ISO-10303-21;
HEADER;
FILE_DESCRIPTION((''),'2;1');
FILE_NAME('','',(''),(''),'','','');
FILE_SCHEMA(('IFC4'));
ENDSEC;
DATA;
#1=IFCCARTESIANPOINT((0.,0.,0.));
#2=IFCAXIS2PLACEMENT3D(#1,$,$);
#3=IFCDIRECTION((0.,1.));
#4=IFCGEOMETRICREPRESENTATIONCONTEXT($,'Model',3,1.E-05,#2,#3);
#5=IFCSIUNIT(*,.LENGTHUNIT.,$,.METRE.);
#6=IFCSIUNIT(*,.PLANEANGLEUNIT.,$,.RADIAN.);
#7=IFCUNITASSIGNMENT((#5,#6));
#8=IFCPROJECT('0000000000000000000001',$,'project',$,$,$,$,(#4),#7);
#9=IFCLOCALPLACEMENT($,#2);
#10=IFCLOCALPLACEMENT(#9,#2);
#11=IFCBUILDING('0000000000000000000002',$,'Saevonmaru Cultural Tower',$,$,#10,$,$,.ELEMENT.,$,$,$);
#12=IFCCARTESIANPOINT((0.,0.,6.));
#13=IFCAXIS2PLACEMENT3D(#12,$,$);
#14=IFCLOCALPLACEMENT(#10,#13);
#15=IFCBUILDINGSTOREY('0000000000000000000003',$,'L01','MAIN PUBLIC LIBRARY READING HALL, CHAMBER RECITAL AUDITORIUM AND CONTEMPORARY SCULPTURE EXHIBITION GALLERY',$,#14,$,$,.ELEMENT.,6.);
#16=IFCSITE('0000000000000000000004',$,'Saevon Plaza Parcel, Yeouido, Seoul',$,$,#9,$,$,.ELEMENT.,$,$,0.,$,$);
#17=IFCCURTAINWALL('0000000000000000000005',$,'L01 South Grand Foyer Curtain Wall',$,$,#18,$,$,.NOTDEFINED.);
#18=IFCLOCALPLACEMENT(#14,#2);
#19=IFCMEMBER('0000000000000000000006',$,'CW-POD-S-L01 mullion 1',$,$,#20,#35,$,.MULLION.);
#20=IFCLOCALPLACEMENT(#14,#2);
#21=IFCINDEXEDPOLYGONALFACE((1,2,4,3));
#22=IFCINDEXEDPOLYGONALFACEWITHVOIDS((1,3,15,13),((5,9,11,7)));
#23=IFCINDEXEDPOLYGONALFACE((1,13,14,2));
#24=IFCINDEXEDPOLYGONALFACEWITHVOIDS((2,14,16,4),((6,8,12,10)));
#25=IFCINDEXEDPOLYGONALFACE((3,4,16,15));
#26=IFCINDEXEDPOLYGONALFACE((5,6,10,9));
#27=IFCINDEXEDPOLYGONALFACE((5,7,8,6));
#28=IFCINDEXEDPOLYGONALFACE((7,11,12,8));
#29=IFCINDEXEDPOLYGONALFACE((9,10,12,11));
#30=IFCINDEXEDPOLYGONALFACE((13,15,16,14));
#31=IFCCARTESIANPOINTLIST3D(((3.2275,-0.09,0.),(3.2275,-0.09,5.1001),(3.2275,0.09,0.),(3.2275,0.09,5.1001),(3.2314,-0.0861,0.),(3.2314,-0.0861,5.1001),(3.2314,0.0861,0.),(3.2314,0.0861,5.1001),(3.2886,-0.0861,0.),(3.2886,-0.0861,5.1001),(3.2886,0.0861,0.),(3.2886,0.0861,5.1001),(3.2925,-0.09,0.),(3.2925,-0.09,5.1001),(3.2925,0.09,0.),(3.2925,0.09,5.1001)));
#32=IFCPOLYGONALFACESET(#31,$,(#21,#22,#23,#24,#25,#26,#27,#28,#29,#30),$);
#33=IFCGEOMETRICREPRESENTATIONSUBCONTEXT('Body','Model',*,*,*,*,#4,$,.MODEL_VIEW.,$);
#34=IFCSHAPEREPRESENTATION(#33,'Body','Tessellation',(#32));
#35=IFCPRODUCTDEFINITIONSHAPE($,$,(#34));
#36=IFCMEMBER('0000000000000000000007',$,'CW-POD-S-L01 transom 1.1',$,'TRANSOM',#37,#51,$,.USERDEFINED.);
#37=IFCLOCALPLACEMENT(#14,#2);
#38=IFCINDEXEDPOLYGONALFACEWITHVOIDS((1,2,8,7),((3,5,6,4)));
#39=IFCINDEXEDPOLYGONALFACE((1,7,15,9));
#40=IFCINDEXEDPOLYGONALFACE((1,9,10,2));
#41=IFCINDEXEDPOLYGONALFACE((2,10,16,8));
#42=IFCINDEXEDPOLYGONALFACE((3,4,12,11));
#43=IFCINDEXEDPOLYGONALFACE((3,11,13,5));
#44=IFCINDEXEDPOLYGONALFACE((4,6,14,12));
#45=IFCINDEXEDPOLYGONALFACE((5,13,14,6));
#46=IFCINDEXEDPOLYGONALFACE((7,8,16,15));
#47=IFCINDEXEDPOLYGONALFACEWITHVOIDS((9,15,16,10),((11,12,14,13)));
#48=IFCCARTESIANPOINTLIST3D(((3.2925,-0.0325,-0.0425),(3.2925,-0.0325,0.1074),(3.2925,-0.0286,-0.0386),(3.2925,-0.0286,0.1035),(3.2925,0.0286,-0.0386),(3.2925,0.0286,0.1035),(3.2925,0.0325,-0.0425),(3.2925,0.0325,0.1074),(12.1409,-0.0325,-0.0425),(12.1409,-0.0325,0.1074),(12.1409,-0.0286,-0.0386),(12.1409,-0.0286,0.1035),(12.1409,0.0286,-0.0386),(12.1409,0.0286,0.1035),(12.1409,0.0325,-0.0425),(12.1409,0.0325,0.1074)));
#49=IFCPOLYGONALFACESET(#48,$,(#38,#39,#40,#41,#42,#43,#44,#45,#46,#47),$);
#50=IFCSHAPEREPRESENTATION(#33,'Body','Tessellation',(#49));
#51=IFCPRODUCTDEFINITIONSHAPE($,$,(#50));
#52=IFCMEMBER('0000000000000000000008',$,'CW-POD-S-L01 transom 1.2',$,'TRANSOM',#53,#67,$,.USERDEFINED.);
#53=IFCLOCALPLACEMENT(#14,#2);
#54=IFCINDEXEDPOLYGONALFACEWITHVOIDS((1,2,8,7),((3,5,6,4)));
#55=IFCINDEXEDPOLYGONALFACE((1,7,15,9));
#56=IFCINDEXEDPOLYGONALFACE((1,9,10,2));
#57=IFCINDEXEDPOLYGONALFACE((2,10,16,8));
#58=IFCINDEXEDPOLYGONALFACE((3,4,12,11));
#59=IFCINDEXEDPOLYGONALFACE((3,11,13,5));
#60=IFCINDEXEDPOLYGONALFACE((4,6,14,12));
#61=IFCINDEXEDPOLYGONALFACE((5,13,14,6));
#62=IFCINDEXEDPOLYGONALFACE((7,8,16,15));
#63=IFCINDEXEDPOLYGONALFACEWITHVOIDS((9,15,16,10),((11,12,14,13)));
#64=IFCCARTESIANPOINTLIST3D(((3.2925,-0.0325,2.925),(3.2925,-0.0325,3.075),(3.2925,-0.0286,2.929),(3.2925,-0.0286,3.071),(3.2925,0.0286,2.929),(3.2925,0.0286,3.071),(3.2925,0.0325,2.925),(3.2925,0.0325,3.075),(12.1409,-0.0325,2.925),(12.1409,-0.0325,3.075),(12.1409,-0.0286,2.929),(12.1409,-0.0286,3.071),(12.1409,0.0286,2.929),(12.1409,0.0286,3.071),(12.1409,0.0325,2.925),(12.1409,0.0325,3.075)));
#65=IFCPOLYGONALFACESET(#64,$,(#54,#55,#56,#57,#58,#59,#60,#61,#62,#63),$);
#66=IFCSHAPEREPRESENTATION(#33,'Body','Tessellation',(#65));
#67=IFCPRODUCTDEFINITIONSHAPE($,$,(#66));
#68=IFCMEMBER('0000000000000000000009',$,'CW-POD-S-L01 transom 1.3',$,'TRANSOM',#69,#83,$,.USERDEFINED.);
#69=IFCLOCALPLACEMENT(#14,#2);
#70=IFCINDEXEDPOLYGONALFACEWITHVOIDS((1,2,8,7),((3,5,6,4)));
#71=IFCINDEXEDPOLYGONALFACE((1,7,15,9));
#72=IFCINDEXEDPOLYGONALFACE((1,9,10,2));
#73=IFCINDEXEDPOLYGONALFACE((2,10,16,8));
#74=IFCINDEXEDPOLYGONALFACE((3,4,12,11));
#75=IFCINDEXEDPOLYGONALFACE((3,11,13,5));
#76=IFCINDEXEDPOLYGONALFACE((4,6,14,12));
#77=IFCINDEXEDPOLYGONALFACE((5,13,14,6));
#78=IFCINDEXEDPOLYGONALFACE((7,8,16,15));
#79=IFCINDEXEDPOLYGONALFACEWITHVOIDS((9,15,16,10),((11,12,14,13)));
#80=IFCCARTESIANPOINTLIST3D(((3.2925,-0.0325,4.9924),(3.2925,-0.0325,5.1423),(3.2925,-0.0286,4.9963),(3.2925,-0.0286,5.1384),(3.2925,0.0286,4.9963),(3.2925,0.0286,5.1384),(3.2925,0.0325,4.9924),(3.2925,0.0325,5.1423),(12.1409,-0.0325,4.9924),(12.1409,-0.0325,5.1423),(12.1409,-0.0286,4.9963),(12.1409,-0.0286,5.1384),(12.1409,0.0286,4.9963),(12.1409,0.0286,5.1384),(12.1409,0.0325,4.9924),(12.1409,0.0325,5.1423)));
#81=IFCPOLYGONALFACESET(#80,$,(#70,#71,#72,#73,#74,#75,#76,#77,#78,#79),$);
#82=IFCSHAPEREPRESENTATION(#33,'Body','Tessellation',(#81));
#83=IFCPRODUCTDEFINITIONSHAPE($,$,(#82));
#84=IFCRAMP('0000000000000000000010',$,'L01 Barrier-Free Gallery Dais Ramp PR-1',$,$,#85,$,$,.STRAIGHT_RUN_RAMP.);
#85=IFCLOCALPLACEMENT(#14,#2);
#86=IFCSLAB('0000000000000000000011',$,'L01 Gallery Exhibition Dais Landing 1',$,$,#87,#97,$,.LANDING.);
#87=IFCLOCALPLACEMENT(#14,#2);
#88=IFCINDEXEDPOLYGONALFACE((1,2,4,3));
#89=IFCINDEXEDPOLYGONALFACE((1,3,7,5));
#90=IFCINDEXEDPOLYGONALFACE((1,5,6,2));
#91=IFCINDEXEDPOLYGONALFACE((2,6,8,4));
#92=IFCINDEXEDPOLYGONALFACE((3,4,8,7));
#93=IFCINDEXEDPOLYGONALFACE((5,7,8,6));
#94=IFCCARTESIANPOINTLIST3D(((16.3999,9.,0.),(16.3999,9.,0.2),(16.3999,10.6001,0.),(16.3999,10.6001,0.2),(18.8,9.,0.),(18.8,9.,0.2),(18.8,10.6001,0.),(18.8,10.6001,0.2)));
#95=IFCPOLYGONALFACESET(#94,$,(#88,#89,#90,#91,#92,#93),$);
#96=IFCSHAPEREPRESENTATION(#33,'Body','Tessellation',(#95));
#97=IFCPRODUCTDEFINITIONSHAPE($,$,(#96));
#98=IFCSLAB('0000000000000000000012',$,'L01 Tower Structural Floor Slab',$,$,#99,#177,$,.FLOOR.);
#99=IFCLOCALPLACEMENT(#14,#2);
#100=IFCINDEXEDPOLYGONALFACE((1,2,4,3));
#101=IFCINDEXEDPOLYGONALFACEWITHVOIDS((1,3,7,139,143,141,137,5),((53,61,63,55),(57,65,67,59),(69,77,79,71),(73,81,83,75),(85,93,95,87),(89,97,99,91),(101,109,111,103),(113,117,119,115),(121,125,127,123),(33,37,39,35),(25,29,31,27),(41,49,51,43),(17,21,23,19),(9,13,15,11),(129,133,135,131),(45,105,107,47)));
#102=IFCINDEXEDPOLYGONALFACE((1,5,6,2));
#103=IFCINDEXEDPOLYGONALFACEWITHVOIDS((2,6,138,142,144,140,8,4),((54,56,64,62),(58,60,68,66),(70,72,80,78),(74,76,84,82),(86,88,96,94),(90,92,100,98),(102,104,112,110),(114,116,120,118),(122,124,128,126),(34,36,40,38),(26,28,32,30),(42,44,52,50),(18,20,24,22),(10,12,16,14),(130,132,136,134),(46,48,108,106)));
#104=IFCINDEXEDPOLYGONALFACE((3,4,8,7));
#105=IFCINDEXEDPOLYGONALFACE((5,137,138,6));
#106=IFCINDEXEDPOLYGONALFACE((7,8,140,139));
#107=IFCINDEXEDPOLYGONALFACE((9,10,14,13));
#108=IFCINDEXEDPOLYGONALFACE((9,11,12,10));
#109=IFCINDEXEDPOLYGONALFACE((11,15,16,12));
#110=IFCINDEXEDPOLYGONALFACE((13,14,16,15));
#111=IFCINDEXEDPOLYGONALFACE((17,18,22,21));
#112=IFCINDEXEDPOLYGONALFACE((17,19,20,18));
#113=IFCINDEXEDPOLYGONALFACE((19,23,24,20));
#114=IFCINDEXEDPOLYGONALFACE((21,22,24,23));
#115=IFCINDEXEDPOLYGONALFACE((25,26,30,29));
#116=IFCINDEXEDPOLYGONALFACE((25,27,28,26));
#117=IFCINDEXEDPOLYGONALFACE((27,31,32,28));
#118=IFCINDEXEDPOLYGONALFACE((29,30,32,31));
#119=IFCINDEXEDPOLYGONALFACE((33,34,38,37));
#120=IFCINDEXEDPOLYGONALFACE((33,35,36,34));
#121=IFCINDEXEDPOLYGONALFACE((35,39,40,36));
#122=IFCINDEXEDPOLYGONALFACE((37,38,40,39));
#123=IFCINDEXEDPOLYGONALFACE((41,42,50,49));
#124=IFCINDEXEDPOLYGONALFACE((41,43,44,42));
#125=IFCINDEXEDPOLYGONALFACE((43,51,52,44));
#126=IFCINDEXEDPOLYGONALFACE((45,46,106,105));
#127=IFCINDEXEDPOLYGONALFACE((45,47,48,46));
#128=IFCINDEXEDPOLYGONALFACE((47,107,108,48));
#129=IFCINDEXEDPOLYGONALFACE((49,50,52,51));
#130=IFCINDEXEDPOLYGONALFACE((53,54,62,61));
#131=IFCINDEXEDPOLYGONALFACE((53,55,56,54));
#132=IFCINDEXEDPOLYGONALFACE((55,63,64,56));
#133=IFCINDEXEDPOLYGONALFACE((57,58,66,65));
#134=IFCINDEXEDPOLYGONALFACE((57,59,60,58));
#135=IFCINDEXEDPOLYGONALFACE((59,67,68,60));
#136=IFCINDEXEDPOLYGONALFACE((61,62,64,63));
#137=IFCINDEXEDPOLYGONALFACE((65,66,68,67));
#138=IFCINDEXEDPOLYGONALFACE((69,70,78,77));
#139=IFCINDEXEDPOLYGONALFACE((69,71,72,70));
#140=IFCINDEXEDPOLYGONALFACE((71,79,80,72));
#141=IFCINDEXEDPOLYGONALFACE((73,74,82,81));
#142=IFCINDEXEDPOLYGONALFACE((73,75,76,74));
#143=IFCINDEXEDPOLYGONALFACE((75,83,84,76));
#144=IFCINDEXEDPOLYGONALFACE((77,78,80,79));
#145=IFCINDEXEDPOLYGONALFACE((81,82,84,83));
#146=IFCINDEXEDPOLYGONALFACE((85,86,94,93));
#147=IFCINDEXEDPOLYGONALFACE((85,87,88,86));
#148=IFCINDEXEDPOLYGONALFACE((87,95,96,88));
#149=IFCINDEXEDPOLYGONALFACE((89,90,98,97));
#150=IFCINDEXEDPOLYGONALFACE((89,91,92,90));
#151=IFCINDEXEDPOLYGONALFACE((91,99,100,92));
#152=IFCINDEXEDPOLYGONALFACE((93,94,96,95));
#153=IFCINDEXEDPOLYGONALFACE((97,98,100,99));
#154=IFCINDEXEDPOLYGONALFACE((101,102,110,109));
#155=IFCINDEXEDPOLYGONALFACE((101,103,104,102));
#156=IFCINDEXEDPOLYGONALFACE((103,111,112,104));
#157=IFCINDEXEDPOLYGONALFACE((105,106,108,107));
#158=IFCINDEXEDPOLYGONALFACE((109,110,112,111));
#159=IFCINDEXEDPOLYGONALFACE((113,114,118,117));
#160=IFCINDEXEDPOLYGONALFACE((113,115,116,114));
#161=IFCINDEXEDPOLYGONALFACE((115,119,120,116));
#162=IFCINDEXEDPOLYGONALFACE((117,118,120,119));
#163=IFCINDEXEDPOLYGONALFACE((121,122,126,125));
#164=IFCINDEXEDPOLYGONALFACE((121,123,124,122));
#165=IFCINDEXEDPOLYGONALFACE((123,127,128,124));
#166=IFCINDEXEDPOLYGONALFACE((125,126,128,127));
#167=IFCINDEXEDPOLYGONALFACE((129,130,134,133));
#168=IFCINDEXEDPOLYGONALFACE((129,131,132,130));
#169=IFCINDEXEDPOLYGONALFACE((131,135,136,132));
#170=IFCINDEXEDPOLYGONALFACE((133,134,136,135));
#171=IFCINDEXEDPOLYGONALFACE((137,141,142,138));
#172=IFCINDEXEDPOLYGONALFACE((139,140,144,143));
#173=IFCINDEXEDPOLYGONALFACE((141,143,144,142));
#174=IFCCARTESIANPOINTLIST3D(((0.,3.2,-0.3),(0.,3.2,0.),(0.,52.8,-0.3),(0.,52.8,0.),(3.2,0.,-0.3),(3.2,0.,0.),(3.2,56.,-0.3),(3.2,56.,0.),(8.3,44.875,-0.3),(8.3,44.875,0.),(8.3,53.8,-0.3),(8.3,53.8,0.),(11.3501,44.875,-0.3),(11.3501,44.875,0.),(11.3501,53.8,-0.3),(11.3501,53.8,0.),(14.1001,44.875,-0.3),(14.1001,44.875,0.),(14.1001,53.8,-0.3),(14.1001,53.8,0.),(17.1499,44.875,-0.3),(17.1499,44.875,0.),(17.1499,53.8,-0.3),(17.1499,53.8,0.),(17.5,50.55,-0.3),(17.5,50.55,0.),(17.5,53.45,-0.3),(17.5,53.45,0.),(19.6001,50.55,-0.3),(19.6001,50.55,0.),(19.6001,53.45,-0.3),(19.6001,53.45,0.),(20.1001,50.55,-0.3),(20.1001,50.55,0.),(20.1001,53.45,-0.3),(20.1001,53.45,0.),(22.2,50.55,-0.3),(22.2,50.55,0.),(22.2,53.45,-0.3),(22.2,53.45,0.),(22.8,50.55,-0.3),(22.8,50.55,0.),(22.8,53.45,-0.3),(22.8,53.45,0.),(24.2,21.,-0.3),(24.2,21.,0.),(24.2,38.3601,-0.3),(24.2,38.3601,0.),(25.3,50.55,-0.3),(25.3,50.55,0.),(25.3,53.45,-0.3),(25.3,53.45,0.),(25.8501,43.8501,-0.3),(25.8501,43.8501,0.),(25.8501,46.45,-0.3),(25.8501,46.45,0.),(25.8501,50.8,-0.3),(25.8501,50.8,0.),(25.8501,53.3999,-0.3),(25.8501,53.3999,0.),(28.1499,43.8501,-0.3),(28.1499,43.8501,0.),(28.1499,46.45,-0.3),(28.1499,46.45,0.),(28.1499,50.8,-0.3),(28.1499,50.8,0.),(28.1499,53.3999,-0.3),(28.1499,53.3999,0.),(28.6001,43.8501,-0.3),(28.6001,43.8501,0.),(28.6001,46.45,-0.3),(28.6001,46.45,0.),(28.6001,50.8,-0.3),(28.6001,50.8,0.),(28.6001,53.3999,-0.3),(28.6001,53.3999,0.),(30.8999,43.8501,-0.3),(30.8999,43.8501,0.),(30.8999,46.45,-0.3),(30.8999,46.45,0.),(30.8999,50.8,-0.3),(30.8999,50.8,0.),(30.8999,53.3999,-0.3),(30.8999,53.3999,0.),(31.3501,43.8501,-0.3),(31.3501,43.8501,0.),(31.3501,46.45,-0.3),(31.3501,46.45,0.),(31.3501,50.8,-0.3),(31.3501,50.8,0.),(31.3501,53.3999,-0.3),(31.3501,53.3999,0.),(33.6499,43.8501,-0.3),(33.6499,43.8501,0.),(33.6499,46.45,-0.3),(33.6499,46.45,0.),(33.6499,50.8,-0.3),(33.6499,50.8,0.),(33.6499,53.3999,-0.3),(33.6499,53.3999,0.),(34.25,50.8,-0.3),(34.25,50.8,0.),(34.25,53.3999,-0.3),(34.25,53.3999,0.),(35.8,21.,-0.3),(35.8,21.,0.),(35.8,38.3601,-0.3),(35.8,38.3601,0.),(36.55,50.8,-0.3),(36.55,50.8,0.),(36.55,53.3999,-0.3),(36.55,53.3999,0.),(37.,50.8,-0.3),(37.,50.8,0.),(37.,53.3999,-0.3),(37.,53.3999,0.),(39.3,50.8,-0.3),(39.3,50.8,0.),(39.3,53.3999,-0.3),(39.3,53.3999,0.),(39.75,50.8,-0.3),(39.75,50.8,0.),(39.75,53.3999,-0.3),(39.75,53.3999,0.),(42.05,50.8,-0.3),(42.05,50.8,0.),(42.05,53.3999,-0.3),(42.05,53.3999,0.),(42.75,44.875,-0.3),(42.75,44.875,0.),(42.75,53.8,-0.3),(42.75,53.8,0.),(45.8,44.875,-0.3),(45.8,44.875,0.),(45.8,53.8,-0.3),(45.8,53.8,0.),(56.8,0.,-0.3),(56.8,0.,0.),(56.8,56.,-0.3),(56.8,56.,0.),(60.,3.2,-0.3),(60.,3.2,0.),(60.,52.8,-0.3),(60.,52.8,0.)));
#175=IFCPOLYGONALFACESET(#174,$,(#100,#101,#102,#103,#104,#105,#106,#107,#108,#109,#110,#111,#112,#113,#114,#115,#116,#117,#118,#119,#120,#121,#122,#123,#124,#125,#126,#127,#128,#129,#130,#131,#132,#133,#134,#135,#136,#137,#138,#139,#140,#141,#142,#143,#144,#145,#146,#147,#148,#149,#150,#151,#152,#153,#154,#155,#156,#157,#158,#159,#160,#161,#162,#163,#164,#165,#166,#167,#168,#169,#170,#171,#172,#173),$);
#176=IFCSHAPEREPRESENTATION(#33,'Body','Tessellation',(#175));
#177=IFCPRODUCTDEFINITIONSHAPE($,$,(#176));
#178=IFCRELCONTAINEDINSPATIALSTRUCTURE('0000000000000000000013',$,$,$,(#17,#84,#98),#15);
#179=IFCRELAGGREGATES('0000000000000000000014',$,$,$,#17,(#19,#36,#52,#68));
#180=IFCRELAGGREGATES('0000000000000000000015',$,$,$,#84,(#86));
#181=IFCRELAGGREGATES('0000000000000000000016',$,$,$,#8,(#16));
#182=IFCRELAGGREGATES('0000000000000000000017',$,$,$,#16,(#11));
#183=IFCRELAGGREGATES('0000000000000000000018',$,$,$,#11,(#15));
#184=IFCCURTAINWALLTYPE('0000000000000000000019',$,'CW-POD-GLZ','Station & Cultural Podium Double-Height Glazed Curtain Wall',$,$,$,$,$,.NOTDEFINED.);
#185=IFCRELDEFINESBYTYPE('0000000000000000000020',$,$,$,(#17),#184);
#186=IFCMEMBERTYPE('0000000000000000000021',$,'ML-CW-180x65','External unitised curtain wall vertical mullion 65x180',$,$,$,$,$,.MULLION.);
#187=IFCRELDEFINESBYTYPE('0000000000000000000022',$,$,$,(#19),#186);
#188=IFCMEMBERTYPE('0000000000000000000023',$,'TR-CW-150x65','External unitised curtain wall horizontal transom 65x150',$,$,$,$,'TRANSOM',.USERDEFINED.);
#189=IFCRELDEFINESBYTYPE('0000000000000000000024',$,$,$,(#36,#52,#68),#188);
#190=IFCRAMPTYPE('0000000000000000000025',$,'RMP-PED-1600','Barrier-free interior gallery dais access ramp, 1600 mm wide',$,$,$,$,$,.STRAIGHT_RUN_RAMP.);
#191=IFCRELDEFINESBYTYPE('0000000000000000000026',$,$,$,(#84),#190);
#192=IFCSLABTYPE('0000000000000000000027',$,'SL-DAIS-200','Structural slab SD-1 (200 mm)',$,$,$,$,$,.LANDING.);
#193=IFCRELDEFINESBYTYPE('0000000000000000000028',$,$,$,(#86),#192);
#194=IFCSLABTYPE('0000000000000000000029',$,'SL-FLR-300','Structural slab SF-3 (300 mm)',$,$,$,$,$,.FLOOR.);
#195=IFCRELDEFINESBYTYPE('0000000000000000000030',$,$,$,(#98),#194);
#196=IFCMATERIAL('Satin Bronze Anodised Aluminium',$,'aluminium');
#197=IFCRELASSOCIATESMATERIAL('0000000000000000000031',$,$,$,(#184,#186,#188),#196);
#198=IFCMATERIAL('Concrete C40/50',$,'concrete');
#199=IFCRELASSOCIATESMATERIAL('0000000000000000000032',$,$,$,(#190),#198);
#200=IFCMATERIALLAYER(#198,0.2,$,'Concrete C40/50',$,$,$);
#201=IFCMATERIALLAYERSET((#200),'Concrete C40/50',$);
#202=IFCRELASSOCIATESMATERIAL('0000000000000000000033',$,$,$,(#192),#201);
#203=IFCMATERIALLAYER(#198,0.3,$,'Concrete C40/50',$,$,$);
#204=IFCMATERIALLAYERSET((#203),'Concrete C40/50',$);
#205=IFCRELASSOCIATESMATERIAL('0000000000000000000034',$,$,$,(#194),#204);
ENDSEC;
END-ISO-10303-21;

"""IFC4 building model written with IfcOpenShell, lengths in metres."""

from ifc_helpers import new_model, si_unit, direction, frame, origin, origin_2d, place, context, subcontext, project, spatial, polyline, hollow_rectangle, outline, extrude, material, layer, layer_set, material_profile, profile_set, type_object, element, aggregate, save


model = new_model("IFC4")

# Units and contexts
model_context = context("Model", 3, precision=1e-05, world=origin(), true_north=direction((0.0, 1.0)))
body_context = subcontext(model_context, "Body", "Model", "MODEL_VIEW")
ifc_project = project(units=[si_unit("LENGTHUNIT", "METRE"), si_unit("PLANEANGLEUNIT", "RADIAN")], contexts=[model_context])

# Site, building, storey
site_placement = place(None, origin())
site = spatial("IfcSite", under=ifc_project, at=site_placement, Name="Saevon Plaza Parcel, Yeouido, Seoul", CompositionType="ELEMENT", RefElevation=0.0)
building_placement = place(site_placement, origin())
building = spatial("IfcBuilding", under=site, at=building_placement, Name="Saevonmaru Cultural Tower", CompositionType="ELEMENT")
storey_placement = place(building_placement, frame((0.0, 0.0, 6.0)))
storey = spatial("IfcBuildingStorey", under=building, at=storey_placement, Name="L01", Description="MAIN PUBLIC LIBRARY READING HALL, CHAMBER RECITAL AUDITORIUM AND CONTEMPORARY SCULPTURE EXHIBITION GALLERY", CompositionType="ELEMENT", Elevation=6.0)

# Curtain wall, members
ifc_material_1 = material(Name="Satin Bronze Anodised Aluminium", Category="aluminium")
curtain_wall_type = type_object("IfcCurtainWallType", Name="CW-POD-GLZ", Description="Station & Cultural Podium Double-Height Glazed Curtain Wall", PredefinedType="NOTDEFINED", material=ifc_material_1)
curtain_wall_placement = place(storey_placement, origin())
curtain_wall = element("IfcCurtainWall", 1, at=curtain_wall_placement, inside=storey, type_object=curtain_wall_type, Name="L01 South Grand Foyer Curtain Wall", PredefinedType="NOTDEFINED")
ifc_material_profile_1 = material_profile(ifc_material_1, hollow_rectangle(XDim=0.0649, YDim=0.1799, WallThickness=0.0039, at=origin_2d()), Name="ALU-MULL-180x65x4")
ifc_profile_set_1 = profile_set([ifc_material_profile_1], Name="Satin Bronze Anodised Aluminium")
member_type_1 = type_object("IfcMemberType", Name="ML-CW-180x65", Description="External unitised curtain wall vertical mullion 65x180", PredefinedType="MULLION", material=ifc_profile_set_1)
member_1_placement = place(storey_placement, frame((3.26, 0.0, 0.0), z_axis=(0.0, 0.0, 1.0), x_axis=(1.0, 0.0, 0.0)))
member_1 = element("IfcMember", 2, at=member_1_placement, type_object=member_type_1, Name="CW-POD-S-L01 mullion 1", PredefinedType="MULLION", context=body_context, shape_type="SweptSolid", body=[
    extrude(hollow_rectangle(XDim=0.0649, YDim=0.1799, WallThickness=0.0039, at=origin_2d()), origin(), (0.0, 0.0, 1.0), 5.1001),
])
ifc_material_profile_2 = material_profile(ifc_material_1, hollow_rectangle(XDim=0.0649, YDim=0.1499, WallThickness=0.0039, at=origin_2d()), Name="ALU-TRAN-150x65x4")
ifc_profile_set_2 = profile_set([ifc_material_profile_2], Name="Satin Bronze Anodised Aluminium")
member_type_2 = type_object("IfcMemberType", Name="TR-CW-150x65", Description="External unitised curtain wall horizontal transom 65x150", ElementType="TRANSOM", PredefinedType="USERDEFINED", material=ifc_profile_set_2)
member_2_placement = place(storey_placement, frame((3.2925, 0.0, 0.0325), z_axis=(1.0, 0.0, 0.0), x_axis=(0.0, 1.0, 0.0)))
member_2 = element("IfcMember", 3, at=member_2_placement, type_object=member_type_2, Name="CW-POD-S-L01 transom 1.1", ObjectType="TRANSOM", PredefinedType="USERDEFINED", context=body_context, shape_type="SweptSolid", body=[
    extrude(hollow_rectangle(XDim=0.0649, YDim=0.1499, WallThickness=0.0039, at=origin_2d()), origin(), (0.0, 0.0, 1.0), 8.8484),
])
member_3_placement = place(storey_placement, frame((3.2925, 0.0, 3.0), z_axis=(1.0, 0.0, 0.0), x_axis=(0.0, 1.0, 0.0)))
member_3 = element("IfcMember", 4, at=member_3_placement, type_object=member_type_2, Name="CW-POD-S-L01 transom 1.2", ObjectType="TRANSOM", PredefinedType="USERDEFINED", context=body_context, shape_type="SweptSolid", body=[
    extrude(hollow_rectangle(XDim=0.0649, YDim=0.1499, WallThickness=0.0039, at=origin_2d()), origin(), (0.0, 0.0, 1.0), 8.8484),
])
member_4_placement = place(storey_placement, frame((3.2925, 0.0, 5.0674), z_axis=(1.0, 0.0, 0.0), x_axis=(0.0, 1.0, 0.0)))
member_4 = element("IfcMember", 5, at=member_4_placement, type_object=member_type_2, Name="CW-POD-S-L01 transom 1.3", ObjectType="TRANSOM", PredefinedType="USERDEFINED", context=body_context, shape_type="SweptSolid", body=[
    extrude(hollow_rectangle(XDim=0.0649, YDim=0.1499, WallThickness=0.0039, at=origin_2d()), origin(), (0.0, 0.0, 1.0), 8.8484),
])
aggregate(curtain_wall, [member_1, member_2, member_3, member_4])

# Ramp, slab
ifc_material_2 = material(Name="Concrete C40/50", Category="concrete")
ramp_type = type_object("IfcRampType", Name="RMP-PED-1600", Description="Barrier-free interior gallery dais access ramp, 1600 mm wide", PredefinedType="STRAIGHT_RUN_RAMP", material=ifc_material_2)
ramp_placement = place(storey_placement, origin())
ramp = element("IfcRamp", 6, at=ramp_placement, inside=storey, type_object=ramp_type, Name="L01 Barrier-Free Gallery Dais Ramp PR-1", PredefinedType="STRAIGHT_RUN_RAMP")
ifc_layer_1 = layer(ifc_material_2, 0.2, Name="Concrete C40/50")
ifc_layer_set_1 = layer_set([ifc_layer_1], Name="Concrete C40/50")
slab_type_1 = type_object("IfcSlabType", Name="SL-DAIS-200", Description="Structural slab SD-1 (200 mm)", PredefinedType="LANDING", material=ifc_layer_set_1)
slab_1_placement = place(storey_placement, origin())
slab_1 = element("IfcSlab", 7, at=slab_1_placement, type_object=slab_type_1, Name="L01 Gallery Exhibition Dais Landing 1", PredefinedType="LANDING", context=body_context, shape_type="SweptSolid", body=[
    extrude(outline(polyline([(16.3999, 9.0), (18.8, 9.0), (18.8, 10.6001), (16.3999, 10.6001), (16.3999, 9.0)])), origin(), (0.0, 0.0, 1.0), 0.2),
])
aggregate(ramp, [slab_1])

# Slab
ifc_layer_2 = layer(ifc_material_2, 0.3, Name="Concrete C40/50")
ifc_layer_set_2 = layer_set([ifc_layer_2], Name="Concrete C40/50")
slab_type_2 = type_object("IfcSlabType", Name="SL-FLR-300", Description="Structural slab SF-3 (300 mm)", PredefinedType="FLOOR", material=ifc_layer_set_2)
slab_2_placement = place(storey_placement, frame((0.0, 0.0, -0.3)))
element("IfcSlab", 8, at=slab_2_placement, inside=storey, type_object=slab_type_2, Name="L01 Tower Structural Floor Slab", PredefinedType="FLOOR", context=body_context, shape_type="SweptSolid", body=[
    extrude(outline(polyline([(0.0, 3.2), (3.2, 0.0), (56.8, 0.0), (60.0, 3.2), (60.0, 52.8), (56.8, 56.0), (3.2, 56.0), (0.0, 52.8), (0.0, 3.2)]), holes=[polyline([(45.8, 44.875), (42.75, 44.875), (42.75, 53.8), (45.8, 53.8), (45.8, 44.875)]), polyline([(39.75, 50.8), (39.75, 53.3999), (42.05, 53.3999), (42.05, 50.8), (39.75, 50.8)]), polyline([(37.0, 50.8), (37.0, 53.3999), (39.3, 53.3999), (39.3, 50.8), (37.0, 50.8)]), polyline([(34.25, 50.8), (34.25, 53.3999), (36.55, 53.3999), (36.55, 50.8), (34.25, 50.8)]), polyline([(24.2, 21.0), (24.2, 38.3601), (35.8, 38.3601), (35.8, 21.0), (24.2, 21.0)]), polyline([(31.3501, 50.8), (31.3501, 53.3999), (33.6499, 53.3999), (33.6499, 50.8), (31.3501, 50.8)]), polyline([(31.3501, 43.8501), (31.3501, 46.45), (33.6499, 46.45), (33.6499, 43.8501), (31.3501, 43.8501)]), polyline([(28.6001, 43.8501), (28.6001, 46.45), (30.8999, 46.45), (30.8999, 43.8501), (28.6001, 43.8501)]), polyline([(28.6001, 50.8), (28.6001, 53.3999), (30.8999, 53.3999), (30.8999, 50.8), (28.6001, 50.8)]), polyline([(25.8501, 50.8), (25.8501, 53.3999), (28.1499, 53.3999), (28.1499, 50.8), (25.8501, 50.8)]), polyline([(25.8501, 43.8501), (25.8501, 46.45), (28.1499, 46.45), (28.1499, 43.8501), (25.8501, 43.8501)]), polyline([(22.8, 50.55), (22.8, 53.45), (25.3, 53.45), (25.3, 50.55), (22.8, 50.55)]), polyline([(20.1001, 50.55), (20.1001, 53.45), (22.2, 53.45), (22.2, 50.55), (20.1001, 50.55)]), polyline([(17.5, 50.55), (17.5, 53.45), (19.6001, 53.45), (19.6001, 50.55), (17.5, 50.55)]), polyline([(17.1499, 44.875), (14.1001, 44.875), (14.1001, 53.8), (17.1499, 53.8), (17.1499, 44.875)]), polyline([(11.3501, 44.875), (8.3, 44.875), (8.3, 53.8), (11.3501, 53.8), (11.3501, 44.875)])]), origin(), (0.0, 0.0, 1.0), 0.3),
])

save(model, "model.ifc")
